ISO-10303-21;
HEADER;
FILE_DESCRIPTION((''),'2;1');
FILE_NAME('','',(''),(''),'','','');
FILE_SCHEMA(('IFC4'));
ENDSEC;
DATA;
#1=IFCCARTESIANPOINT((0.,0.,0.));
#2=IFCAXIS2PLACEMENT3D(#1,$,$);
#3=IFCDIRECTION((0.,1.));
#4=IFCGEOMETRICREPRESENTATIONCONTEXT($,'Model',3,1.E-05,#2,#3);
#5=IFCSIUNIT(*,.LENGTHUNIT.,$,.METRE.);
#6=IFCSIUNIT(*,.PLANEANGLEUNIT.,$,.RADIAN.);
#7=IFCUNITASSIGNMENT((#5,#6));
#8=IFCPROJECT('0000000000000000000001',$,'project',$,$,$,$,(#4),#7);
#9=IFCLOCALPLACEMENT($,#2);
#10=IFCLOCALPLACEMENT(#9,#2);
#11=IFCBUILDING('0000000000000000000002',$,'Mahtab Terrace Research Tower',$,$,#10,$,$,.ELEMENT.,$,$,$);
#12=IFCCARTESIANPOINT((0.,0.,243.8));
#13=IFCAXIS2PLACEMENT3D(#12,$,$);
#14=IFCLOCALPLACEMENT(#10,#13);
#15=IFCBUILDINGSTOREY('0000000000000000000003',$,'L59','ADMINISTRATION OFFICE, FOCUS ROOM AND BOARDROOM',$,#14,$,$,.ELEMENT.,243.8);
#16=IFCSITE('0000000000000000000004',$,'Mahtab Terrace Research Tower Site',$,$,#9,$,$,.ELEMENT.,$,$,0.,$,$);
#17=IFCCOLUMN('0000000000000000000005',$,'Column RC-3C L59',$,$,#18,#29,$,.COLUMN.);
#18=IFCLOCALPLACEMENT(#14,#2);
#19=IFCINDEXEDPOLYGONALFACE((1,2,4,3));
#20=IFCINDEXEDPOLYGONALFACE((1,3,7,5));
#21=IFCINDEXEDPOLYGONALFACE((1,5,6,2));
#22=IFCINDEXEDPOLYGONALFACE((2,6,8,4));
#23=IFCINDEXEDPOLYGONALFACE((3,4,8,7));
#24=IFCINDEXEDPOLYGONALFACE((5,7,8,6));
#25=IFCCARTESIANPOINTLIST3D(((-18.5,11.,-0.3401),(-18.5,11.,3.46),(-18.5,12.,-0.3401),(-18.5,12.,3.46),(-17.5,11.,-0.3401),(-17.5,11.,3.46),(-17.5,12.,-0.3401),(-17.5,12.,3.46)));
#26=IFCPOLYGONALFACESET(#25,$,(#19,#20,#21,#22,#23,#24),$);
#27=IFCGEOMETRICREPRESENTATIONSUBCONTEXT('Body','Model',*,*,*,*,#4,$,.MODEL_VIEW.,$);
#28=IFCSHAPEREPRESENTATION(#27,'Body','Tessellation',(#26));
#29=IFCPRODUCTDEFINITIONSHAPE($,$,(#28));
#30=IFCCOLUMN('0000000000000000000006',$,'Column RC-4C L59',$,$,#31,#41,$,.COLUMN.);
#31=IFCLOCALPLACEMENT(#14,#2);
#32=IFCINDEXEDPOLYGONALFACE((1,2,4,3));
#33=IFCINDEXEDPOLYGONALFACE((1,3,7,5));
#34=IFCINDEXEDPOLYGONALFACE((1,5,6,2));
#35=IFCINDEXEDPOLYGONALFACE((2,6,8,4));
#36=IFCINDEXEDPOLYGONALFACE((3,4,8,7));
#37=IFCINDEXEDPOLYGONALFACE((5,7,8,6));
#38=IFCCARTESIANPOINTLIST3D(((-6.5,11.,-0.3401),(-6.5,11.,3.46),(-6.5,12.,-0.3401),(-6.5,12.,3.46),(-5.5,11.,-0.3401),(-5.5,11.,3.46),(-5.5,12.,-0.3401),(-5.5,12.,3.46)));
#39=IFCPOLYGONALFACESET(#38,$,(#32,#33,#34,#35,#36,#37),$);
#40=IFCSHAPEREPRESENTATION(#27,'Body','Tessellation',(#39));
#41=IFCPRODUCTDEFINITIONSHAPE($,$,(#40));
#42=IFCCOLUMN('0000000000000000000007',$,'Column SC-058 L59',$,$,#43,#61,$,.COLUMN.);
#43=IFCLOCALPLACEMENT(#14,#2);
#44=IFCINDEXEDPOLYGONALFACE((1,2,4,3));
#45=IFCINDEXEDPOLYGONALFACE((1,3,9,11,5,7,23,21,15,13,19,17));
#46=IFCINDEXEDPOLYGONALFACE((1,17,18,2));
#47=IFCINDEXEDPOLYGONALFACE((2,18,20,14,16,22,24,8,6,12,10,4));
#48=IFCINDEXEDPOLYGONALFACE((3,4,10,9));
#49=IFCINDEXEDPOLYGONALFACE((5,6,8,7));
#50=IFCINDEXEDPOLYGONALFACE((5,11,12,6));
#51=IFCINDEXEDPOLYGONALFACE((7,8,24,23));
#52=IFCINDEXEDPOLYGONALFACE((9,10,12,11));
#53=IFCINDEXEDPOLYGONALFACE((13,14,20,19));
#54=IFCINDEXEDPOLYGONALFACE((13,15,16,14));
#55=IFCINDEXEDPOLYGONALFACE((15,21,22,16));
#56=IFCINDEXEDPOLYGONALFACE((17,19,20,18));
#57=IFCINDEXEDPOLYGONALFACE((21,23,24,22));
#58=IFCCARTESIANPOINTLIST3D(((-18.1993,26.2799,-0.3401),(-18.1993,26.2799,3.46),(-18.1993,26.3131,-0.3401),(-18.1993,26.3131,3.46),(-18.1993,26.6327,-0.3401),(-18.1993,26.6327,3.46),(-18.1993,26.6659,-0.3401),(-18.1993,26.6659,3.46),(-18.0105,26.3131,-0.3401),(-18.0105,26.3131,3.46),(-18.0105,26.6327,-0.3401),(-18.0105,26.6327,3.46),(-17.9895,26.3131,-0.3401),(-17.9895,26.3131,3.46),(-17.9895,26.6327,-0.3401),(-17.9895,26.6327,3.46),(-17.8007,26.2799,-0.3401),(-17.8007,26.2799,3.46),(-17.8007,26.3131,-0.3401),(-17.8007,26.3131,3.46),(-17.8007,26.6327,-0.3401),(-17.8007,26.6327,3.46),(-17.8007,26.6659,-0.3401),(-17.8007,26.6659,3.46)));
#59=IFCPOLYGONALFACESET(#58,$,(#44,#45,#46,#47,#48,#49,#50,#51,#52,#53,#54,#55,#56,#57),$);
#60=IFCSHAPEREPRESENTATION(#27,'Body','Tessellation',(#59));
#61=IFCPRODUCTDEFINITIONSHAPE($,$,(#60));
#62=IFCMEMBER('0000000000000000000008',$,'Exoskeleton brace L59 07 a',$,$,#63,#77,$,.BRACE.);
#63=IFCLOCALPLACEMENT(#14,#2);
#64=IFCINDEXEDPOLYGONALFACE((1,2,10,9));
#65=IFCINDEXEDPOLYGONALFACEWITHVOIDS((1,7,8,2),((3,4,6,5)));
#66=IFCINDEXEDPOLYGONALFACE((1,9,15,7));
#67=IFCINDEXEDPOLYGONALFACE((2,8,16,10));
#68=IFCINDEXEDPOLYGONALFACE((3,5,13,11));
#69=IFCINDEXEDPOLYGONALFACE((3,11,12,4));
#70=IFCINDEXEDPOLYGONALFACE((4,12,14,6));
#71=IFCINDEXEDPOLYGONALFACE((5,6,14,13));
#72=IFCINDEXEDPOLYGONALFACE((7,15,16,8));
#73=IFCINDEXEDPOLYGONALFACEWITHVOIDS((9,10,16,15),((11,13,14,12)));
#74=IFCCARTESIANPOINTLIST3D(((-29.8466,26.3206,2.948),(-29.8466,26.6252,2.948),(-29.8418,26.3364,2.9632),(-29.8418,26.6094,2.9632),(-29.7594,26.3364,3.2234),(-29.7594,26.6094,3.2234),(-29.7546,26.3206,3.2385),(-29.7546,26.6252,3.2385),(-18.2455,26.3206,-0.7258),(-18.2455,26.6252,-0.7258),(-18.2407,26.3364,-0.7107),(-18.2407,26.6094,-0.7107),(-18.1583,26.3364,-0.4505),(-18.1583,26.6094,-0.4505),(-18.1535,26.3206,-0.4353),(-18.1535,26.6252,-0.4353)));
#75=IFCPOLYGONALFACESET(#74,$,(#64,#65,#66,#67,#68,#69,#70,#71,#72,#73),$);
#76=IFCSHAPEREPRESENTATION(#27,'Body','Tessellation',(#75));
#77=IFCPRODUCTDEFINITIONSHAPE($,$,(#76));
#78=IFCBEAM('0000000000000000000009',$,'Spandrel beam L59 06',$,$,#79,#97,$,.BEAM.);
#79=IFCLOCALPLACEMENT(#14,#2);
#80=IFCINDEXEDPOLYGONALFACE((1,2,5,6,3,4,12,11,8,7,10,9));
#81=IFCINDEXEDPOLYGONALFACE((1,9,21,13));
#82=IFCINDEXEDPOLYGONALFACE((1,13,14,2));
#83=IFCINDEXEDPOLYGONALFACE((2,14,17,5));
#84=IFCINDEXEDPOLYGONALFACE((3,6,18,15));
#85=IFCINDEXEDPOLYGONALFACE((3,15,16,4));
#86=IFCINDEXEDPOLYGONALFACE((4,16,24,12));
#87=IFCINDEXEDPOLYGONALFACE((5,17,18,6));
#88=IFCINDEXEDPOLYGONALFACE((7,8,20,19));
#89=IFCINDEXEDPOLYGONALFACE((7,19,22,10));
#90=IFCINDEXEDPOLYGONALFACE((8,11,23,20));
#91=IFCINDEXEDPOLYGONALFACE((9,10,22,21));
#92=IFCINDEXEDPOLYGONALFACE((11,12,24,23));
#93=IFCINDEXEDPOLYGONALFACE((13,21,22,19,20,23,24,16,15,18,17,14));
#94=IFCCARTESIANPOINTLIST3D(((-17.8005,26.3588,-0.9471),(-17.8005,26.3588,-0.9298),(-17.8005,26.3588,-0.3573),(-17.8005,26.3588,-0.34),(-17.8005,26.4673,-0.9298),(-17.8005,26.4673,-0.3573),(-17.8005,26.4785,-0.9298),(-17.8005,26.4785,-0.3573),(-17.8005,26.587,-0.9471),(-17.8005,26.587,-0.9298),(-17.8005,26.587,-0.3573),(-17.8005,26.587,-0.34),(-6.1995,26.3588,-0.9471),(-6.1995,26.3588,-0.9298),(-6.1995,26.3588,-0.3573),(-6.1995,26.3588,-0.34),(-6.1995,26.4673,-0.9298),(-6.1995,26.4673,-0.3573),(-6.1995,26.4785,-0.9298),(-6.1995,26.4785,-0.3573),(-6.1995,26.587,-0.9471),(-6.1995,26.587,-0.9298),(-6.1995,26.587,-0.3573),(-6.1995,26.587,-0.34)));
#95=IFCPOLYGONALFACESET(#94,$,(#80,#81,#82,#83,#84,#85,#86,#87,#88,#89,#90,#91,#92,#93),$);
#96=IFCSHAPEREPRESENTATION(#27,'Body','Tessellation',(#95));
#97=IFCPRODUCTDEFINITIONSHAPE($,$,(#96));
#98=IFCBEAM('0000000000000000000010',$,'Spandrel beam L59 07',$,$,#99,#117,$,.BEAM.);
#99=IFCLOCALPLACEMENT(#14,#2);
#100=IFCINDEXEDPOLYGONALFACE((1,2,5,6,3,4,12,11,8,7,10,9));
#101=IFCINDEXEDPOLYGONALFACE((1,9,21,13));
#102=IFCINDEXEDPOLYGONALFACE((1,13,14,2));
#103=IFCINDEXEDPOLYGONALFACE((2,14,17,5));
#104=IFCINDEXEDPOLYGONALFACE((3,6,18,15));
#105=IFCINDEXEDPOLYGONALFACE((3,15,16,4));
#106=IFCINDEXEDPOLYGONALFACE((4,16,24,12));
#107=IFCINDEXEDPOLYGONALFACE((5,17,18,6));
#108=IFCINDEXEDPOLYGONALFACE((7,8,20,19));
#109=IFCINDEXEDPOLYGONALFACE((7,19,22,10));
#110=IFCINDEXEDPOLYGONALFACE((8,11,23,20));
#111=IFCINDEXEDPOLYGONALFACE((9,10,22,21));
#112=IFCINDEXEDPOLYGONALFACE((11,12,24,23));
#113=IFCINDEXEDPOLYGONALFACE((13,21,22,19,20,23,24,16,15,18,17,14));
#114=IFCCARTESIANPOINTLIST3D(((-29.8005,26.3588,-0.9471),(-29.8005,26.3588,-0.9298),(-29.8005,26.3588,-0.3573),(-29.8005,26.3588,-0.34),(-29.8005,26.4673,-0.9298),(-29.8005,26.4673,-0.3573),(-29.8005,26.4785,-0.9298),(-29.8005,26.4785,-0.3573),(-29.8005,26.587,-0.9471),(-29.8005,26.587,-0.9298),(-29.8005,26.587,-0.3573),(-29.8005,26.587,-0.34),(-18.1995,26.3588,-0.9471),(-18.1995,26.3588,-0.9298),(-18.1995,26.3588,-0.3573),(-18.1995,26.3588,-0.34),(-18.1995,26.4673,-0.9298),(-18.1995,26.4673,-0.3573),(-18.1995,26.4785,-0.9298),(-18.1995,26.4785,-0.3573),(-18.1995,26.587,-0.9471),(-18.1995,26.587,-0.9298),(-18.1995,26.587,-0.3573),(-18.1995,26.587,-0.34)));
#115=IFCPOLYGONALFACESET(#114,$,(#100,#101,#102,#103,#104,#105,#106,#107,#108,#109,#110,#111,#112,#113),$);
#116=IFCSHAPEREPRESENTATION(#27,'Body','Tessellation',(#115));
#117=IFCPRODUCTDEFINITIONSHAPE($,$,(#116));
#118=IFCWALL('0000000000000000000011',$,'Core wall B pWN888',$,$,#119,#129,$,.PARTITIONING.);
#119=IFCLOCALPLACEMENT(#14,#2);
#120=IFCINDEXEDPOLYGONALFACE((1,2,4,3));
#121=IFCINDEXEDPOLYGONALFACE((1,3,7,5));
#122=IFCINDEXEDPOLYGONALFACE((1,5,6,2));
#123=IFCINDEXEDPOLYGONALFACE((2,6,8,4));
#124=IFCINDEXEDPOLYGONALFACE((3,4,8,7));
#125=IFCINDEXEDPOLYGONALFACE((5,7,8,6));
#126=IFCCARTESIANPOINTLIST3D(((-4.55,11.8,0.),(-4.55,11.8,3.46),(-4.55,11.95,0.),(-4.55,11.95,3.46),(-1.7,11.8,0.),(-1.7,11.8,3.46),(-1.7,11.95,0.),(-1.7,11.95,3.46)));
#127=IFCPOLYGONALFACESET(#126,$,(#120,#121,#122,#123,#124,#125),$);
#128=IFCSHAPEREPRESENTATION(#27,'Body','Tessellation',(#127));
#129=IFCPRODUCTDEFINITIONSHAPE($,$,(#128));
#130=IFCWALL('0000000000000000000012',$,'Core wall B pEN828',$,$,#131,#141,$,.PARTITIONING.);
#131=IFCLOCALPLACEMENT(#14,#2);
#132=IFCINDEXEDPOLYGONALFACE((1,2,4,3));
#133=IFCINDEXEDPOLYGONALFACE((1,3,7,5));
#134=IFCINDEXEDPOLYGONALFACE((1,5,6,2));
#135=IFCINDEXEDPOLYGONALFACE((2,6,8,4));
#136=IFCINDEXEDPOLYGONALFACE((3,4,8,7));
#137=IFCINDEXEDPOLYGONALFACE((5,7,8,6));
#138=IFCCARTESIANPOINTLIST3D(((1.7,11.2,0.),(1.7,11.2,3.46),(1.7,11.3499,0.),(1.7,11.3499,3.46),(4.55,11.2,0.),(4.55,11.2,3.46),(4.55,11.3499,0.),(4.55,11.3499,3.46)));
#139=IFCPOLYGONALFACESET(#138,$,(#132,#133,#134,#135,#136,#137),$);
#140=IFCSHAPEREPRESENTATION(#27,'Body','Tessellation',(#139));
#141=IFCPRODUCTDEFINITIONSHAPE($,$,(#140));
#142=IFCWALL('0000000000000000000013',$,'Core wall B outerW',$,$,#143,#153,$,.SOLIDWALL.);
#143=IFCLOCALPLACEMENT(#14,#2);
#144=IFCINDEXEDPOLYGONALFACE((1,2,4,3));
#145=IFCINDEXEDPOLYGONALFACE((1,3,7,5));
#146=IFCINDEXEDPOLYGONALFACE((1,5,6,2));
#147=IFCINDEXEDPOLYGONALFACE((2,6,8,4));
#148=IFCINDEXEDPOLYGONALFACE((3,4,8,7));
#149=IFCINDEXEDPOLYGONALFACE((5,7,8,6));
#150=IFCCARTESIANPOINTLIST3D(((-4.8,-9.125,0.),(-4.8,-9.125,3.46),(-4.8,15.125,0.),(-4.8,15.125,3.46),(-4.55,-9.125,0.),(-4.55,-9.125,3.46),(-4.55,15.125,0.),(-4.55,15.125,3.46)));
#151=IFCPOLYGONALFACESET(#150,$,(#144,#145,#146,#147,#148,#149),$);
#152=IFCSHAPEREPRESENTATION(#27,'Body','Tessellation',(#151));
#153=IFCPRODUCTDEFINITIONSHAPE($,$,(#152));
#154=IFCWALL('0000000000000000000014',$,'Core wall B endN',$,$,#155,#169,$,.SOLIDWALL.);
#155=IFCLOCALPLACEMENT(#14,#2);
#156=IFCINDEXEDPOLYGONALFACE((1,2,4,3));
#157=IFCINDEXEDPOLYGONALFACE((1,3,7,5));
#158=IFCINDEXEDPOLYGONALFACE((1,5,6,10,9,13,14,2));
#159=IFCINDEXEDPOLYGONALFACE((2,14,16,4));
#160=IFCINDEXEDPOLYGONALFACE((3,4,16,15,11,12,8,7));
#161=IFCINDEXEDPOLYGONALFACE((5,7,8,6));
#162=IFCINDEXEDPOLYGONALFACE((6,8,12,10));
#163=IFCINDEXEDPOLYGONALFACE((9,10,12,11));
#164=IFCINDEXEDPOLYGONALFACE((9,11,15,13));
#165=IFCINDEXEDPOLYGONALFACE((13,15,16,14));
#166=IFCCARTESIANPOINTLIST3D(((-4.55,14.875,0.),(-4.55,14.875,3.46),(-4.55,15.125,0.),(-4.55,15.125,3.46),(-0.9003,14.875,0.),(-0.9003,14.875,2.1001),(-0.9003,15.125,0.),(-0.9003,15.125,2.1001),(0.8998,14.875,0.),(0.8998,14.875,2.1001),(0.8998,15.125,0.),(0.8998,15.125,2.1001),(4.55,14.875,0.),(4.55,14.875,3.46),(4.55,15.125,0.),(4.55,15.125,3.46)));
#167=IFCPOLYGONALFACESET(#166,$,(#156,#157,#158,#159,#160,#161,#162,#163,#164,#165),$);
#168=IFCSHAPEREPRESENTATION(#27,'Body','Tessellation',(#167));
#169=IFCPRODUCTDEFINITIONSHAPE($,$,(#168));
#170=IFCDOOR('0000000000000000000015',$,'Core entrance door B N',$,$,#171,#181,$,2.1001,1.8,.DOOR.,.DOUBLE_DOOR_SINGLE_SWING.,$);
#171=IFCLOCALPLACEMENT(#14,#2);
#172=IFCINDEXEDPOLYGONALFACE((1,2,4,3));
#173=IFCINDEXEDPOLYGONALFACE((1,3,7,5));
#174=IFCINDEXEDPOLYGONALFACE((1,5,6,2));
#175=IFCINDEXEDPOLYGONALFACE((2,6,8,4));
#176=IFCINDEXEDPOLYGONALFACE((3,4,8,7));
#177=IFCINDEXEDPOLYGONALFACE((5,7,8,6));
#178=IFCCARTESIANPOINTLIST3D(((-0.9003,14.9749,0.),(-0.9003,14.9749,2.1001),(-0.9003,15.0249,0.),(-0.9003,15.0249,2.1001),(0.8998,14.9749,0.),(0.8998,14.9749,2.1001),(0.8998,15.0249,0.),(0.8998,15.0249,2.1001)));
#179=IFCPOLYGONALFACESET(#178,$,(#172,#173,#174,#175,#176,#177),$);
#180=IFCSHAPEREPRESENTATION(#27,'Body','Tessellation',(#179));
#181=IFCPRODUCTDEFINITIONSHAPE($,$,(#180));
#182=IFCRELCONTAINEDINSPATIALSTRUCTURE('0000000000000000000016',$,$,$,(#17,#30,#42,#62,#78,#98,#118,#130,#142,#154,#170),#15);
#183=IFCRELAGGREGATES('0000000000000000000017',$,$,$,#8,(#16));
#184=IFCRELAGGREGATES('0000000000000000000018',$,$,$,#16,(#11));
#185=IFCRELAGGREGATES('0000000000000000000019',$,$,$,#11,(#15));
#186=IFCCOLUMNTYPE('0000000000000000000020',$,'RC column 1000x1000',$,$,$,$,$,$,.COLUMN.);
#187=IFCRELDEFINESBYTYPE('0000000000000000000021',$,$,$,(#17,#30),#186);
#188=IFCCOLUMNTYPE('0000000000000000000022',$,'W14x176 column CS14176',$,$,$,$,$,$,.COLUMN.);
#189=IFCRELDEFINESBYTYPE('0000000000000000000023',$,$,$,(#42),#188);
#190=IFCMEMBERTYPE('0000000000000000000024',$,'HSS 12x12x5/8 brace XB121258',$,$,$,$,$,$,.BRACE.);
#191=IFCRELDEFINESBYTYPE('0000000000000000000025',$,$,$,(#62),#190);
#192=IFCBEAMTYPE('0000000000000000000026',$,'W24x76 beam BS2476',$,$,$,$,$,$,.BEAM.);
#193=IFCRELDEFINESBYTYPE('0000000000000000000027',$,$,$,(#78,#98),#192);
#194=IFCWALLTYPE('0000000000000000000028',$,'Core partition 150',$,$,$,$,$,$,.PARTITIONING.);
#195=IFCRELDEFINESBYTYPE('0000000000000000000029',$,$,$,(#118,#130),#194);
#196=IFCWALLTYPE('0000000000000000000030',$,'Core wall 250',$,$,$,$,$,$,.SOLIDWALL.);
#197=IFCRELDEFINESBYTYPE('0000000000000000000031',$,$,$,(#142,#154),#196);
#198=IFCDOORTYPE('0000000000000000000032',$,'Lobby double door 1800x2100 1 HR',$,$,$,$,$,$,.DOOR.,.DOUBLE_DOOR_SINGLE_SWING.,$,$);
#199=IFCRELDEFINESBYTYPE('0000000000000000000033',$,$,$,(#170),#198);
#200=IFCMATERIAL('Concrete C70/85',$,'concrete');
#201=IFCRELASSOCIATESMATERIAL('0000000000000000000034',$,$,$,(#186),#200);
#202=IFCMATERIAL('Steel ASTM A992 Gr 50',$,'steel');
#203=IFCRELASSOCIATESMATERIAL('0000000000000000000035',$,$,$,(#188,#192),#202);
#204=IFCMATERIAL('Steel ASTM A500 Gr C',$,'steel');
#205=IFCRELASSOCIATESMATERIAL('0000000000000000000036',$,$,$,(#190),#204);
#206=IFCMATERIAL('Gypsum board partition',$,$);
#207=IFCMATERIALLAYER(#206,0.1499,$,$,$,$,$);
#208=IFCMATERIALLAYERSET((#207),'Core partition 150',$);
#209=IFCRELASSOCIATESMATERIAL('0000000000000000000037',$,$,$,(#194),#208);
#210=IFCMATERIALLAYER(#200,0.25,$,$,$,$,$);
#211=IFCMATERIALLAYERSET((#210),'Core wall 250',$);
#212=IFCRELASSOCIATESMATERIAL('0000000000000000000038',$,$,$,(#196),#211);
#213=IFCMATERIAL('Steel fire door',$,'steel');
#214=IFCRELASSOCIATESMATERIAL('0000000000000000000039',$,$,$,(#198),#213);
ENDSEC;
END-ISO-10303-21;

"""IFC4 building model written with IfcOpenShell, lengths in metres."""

from ifc_helpers import new_model, si_unit, direction, frame, frame_2d, origin, origin_2d, place, context, subcontext, project, spatial, rectangle, hollow_rectangle, i_section, extrude, material, layer, layer_set, material_profile, profile_set, type_object, element, fill, save


model = new_model("IFC4")

# Units and contexts
model_context = context("Model", 3, precision=1e-05, world=origin(), true_north=direction((0.0, 1.0)))
body_context = subcontext(model_context, "Body", "Model", "MODEL_VIEW")
ifc_project = project(units=[si_unit("LENGTHUNIT", "METRE"), si_unit("PLANEANGLEUNIT", "RADIAN")], contexts=[model_context])

# Site, building, storey
site_placement = place(None, origin())
site = spatial("IfcSite", under=ifc_project, at=site_placement, Name="Mahtab Terrace Research Tower Site", CompositionType="ELEMENT", RefElevation=0.0)
building_placement = place(site_placement, origin())
building = spatial("IfcBuilding", under=site, at=building_placement, Name="Mahtab Terrace Research Tower", CompositionType="ELEMENT")
storey_placement = place(building_placement, frame((0.0, 0.0, 243.8)))
storey = spatial("IfcBuildingStorey", under=building, at=storey_placement, Name="L59", Description="ADMINISTRATION OFFICE, FOCUS ROOM AND BOARDROOM", CompositionType="ELEMENT", Elevation=243.8)

# Columns
ifc_material_1 = material(Name="Concrete C70/85", Category="concrete")
ifc_material_profile_1 = material_profile(ifc_material_1, rectangle(XDim=1.0, YDim=1.0, at=origin_2d()), Name="RC column 1000x1000")
ifc_profile_set_1 = profile_set([ifc_material_profile_1], Name="Concrete C70/85")
column_type_1 = type_object("IfcColumnType", Name="RC column 1000x1000", PredefinedType="COLUMN", material=ifc_profile_set_1)
for number, where, z_axis, x_axis, name in (
    (1, (-18.0, 11.5, -0.3401), (0.0, 0.0, 1.0), (1.0, 0.0, 0.0), "Column RC-3C L59"),
    (2, (-6.0, 11.5, -0.3401), (0.0, 0.0, 1.0), (1.0, 0.0, 0.0), "Column RC-4C L59"),
):
    element("IfcColumn", number, at=place(storey_placement, frame(where, z_axis=z_axis, x_axis=x_axis)), inside=storey, type_object=column_type_1, Name=name, PredefinedType="COLUMN", context=body_context, shape_type="SweptSolid", body=[
        extrude(rectangle(XDim=1.0, YDim=1.0, at=origin_2d()), origin(), (0.0, 0.0, 1.0), 3.8),
    ])
ifc_material_2 = material(Name="Steel ASTM A992 Gr 50", Category="steel")
ifc_material_profile_2 = material_profile(ifc_material_2, i_section(OverallWidth=0.3987, OverallDepth=0.386, WebThickness=0.021, FlangeThickness=0.0332, at=origin_2d()), Name="W14X176")
ifc_profile_set_2 = profile_set([ifc_material_profile_2], Name="Steel ASTM A992 Gr 50")
column_type_2 = type_object("IfcColumnType", Name="W14x176 column CS14176", PredefinedType="COLUMN", material=ifc_profile_set_2)
column_placement = place(storey_placement, frame((-18.0, 26.4729, -0.3401), z_axis=(0.0, 0.0, 1.0), x_axis=(1.0, 0.0, 0.0)))
element("IfcColumn", 3, at=column_placement, inside=storey, type_object=column_type_2, Name="Column SC-058 L59", PredefinedType="COLUMN", context=body_context, shape_type="SweptSolid", body=[
    extrude(i_section(OverallWidth=0.3987, OverallDepth=0.386, WebThickness=0.021, FlangeThickness=0.0332, at=origin_2d()), origin(), (0.0, 0.0, 1.0), 3.8),
])

# Member
ifc_material_3 = material(Name="Steel ASTM A500 Gr C", Category="steel")
ifc_material_profile_3 = material_profile(ifc_material_3, hollow_rectangle(XDim=0.3047, YDim=0.3047, WallThickness=0.0159, at=origin_2d()), Name="HSS12X12X5/8")
ifc_profile_set_3 = profile_set([ifc_material_profile_3], Name="Steel ASTM A500 Gr C")
member_type = type_object("IfcMemberType", Name="HSS 12x12x5/8 brace XB121258", PredefinedType="BRACE", material=ifc_profile_set_3)
member_placement = place(storey_placement, frame((-18.1995, 26.4729, -0.5806), z_axis=(-0.953339, 0.0, 0.301903), x_axis=(0.0, -1.0, 0.0)))
element("IfcMember", 4, at=member_placement, inside=storey, type_object=member_type, Name="Exoskeleton brace L59 07 a", PredefinedType="BRACE", context=body_context, shape_type="SweptSolid", body=[
    extrude(hollow_rectangle(XDim=0.3047, YDim=0.3047, WallThickness=0.0159, at=origin_2d()), origin(), (0.0, 0.0, 1.0), 12.1689),
])

# Beams
ifc_material_profile_4 = material_profile(ifc_material_2, i_section(OverallWidth=0.2283, OverallDepth=0.6072, WebThickness=0.0112, FlangeThickness=0.0173, at=origin_2d()), Name="W24X76")
ifc_profile_set_4 = profile_set([ifc_material_profile_4], Name="Steel ASTM A992 Gr 50")
beam_type = type_object("IfcBeamType", Name="W24x76 beam BS2476", PredefinedType="BEAM", material=ifc_profile_set_4)
for number, where, z_axis, x_axis, name in (
    (5, (-6.1995, 26.4729, -0.6436), (-1.0, 0.0, 0.0), (0.0, -1.0, 0.0), "Spandrel beam L59 06"),
    (6, (-18.1995, 26.4729, -0.6436), (-1.0, 0.0, 0.0), (0.0, -1.0, 0.0), "Spandrel beam L59 07"),
):
    element("IfcBeam", number, at=place(storey_placement, frame(where, z_axis=z_axis, x_axis=x_axis)), inside=storey, type_object=beam_type, Name=name, PredefinedType="BEAM", context=body_context, shape_type="SweptSolid", body=[
        extrude(i_section(OverallWidth=0.2283, OverallDepth=0.6072, WebThickness=0.0112, FlangeThickness=0.0173, at=origin_2d()), origin(), (0.0, 0.0, 1.0), 11.6011),
    ])

# Walls
ifc_material_4 = material(Name="Gypsum board partition")
ifc_layer_1 = layer(ifc_material_4, 0.1499)
ifc_layer_set_1 = layer_set([ifc_layer_1], Name="Core partition 150")
wall_type_1 = type_object("IfcWallType", Name="Core partition 150", PredefinedType="PARTITIONING", material=ifc_layer_set_1)
for number, where, z_axis, x_axis, name in (
    (7, (-4.55, 11.875, 0.0), (0.0, 0.0, 1.0), (1.0, 0.0, 0.0), "Core wall B pWN888"),
    (8, (1.7, 11.2749, 0.0), (0.0, 0.0, 1.0), (1.0, 0.0, 0.0), "Core wall B pEN828"),
):
    element("IfcWall", number, at=place(storey_placement, frame(where, z_axis=z_axis, x_axis=x_axis)), inside=storey, type_object=wall_type_1, Name=name, PredefinedType="PARTITIONING", context=body_context, shape_type="SweptSolid", body=[
        extrude(rectangle(XDim=2.8501, YDim=0.1499, at=frame_2d((1.425, 0.0))), origin(), (0.0, 0.0, 1.0), 3.46),
    ])
ifc_layer_2 = layer(ifc_material_1, 0.25)
ifc_layer_set_2 = layer_set([ifc_layer_2], Name="Core wall 250")
wall_type_2 = type_object("IfcWallType", Name="Core wall 250", PredefinedType="SOLIDWALL", material=ifc_layer_set_2)
wall_1_placement = place(storey_placement, frame((-4.675, 15.125, 0.0), z_axis=(0.0, 0.0, 1.0), x_axis=(0.0, -1.0, 0.0)))
element("IfcWall", 9, at=wall_1_placement, inside=storey, type_object=wall_type_2, Name="Core wall B outerW", PredefinedType="SOLIDWALL", context=body_context, shape_type="SweptSolid", body=[
    extrude(rectangle(XDim=24.25, YDim=0.25, at=frame_2d((12.125, 0.0))), origin(), (0.0, 0.0, 1.0), 3.46),
])

# Wall, opening, door
wall_2_placement = place(storey_placement, frame((-4.55, 15.0, 0.0), z_axis=(0.0, 0.0, 1.0), x_axis=(1.0, 0.0, 0.0)))
wall_2 = element("IfcWall", 10, at=wall_2_placement, inside=storey, type_object=wall_type_2, Name="Core wall B endN", PredefinedType="SOLIDWALL", context=body_context, shape_type="SweptSolid", body=[
    extrude(rectangle(XDim=9.1001, YDim=0.25, at=frame_2d((4.55, 0.0))), origin(), (0.0, 0.0, 1.0), 3.46),
])
opening_1_placement = place(wall_2_placement, frame((3.6499, 0.0, 0.0)))
opening_1 = element("IfcOpeningElement", 11, at=opening_1_placement, cuts=wall_2, PredefinedType="OPENING", context=body_context, shape_type="SweptSolid", body=[
    extrude(rectangle(XDim=1.8, YDim=2.1001, at=frame_2d((0.8999, 1.05))), frame((0.0, 0.135, 0.0), z_axis=(0.0, -1.0, 0.0), x_axis=(1.0, 0.0, 0.0)), (0.0, 0.0, 1.0), 0.27),
])
ifc_material_5 = material(Name="Steel fire door", Category="steel")
door_type_1 = type_object("IfcDoorType", Name="Lobby double door 1800x2100 1 HR", OperationType="DOUBLE_DOOR_SINGLE_SWING", PredefinedType="DOOR", material=ifc_material_5)
door_1_placement = place(opening_1_placement, origin())
door_1 = element("IfcDoor", 12, at=door_1_placement, inside=storey, type_object=door_type_1, Name="Core entrance door B N", OperationType="DOUBLE_DOOR_SINGLE_SWING", OverallHeight=2.1001, OverallWidth=1.8, PredefinedType="DOOR", context=body_context, shape_type="SweptSolid", body=[
    extrude(rectangle(XDim=1.8, YDim=2.1001, at=frame_2d((0.8999, 1.05))), frame((0.0, 0.0249, 0.0), z_axis=(0.0, -1.0, 0.0), x_axis=(1.0, 0.0, 0.0)), (0.0, 0.0, 1.0), 0.05),
])
fill(opening_1, door_1)

save(model, "model.ifc")
